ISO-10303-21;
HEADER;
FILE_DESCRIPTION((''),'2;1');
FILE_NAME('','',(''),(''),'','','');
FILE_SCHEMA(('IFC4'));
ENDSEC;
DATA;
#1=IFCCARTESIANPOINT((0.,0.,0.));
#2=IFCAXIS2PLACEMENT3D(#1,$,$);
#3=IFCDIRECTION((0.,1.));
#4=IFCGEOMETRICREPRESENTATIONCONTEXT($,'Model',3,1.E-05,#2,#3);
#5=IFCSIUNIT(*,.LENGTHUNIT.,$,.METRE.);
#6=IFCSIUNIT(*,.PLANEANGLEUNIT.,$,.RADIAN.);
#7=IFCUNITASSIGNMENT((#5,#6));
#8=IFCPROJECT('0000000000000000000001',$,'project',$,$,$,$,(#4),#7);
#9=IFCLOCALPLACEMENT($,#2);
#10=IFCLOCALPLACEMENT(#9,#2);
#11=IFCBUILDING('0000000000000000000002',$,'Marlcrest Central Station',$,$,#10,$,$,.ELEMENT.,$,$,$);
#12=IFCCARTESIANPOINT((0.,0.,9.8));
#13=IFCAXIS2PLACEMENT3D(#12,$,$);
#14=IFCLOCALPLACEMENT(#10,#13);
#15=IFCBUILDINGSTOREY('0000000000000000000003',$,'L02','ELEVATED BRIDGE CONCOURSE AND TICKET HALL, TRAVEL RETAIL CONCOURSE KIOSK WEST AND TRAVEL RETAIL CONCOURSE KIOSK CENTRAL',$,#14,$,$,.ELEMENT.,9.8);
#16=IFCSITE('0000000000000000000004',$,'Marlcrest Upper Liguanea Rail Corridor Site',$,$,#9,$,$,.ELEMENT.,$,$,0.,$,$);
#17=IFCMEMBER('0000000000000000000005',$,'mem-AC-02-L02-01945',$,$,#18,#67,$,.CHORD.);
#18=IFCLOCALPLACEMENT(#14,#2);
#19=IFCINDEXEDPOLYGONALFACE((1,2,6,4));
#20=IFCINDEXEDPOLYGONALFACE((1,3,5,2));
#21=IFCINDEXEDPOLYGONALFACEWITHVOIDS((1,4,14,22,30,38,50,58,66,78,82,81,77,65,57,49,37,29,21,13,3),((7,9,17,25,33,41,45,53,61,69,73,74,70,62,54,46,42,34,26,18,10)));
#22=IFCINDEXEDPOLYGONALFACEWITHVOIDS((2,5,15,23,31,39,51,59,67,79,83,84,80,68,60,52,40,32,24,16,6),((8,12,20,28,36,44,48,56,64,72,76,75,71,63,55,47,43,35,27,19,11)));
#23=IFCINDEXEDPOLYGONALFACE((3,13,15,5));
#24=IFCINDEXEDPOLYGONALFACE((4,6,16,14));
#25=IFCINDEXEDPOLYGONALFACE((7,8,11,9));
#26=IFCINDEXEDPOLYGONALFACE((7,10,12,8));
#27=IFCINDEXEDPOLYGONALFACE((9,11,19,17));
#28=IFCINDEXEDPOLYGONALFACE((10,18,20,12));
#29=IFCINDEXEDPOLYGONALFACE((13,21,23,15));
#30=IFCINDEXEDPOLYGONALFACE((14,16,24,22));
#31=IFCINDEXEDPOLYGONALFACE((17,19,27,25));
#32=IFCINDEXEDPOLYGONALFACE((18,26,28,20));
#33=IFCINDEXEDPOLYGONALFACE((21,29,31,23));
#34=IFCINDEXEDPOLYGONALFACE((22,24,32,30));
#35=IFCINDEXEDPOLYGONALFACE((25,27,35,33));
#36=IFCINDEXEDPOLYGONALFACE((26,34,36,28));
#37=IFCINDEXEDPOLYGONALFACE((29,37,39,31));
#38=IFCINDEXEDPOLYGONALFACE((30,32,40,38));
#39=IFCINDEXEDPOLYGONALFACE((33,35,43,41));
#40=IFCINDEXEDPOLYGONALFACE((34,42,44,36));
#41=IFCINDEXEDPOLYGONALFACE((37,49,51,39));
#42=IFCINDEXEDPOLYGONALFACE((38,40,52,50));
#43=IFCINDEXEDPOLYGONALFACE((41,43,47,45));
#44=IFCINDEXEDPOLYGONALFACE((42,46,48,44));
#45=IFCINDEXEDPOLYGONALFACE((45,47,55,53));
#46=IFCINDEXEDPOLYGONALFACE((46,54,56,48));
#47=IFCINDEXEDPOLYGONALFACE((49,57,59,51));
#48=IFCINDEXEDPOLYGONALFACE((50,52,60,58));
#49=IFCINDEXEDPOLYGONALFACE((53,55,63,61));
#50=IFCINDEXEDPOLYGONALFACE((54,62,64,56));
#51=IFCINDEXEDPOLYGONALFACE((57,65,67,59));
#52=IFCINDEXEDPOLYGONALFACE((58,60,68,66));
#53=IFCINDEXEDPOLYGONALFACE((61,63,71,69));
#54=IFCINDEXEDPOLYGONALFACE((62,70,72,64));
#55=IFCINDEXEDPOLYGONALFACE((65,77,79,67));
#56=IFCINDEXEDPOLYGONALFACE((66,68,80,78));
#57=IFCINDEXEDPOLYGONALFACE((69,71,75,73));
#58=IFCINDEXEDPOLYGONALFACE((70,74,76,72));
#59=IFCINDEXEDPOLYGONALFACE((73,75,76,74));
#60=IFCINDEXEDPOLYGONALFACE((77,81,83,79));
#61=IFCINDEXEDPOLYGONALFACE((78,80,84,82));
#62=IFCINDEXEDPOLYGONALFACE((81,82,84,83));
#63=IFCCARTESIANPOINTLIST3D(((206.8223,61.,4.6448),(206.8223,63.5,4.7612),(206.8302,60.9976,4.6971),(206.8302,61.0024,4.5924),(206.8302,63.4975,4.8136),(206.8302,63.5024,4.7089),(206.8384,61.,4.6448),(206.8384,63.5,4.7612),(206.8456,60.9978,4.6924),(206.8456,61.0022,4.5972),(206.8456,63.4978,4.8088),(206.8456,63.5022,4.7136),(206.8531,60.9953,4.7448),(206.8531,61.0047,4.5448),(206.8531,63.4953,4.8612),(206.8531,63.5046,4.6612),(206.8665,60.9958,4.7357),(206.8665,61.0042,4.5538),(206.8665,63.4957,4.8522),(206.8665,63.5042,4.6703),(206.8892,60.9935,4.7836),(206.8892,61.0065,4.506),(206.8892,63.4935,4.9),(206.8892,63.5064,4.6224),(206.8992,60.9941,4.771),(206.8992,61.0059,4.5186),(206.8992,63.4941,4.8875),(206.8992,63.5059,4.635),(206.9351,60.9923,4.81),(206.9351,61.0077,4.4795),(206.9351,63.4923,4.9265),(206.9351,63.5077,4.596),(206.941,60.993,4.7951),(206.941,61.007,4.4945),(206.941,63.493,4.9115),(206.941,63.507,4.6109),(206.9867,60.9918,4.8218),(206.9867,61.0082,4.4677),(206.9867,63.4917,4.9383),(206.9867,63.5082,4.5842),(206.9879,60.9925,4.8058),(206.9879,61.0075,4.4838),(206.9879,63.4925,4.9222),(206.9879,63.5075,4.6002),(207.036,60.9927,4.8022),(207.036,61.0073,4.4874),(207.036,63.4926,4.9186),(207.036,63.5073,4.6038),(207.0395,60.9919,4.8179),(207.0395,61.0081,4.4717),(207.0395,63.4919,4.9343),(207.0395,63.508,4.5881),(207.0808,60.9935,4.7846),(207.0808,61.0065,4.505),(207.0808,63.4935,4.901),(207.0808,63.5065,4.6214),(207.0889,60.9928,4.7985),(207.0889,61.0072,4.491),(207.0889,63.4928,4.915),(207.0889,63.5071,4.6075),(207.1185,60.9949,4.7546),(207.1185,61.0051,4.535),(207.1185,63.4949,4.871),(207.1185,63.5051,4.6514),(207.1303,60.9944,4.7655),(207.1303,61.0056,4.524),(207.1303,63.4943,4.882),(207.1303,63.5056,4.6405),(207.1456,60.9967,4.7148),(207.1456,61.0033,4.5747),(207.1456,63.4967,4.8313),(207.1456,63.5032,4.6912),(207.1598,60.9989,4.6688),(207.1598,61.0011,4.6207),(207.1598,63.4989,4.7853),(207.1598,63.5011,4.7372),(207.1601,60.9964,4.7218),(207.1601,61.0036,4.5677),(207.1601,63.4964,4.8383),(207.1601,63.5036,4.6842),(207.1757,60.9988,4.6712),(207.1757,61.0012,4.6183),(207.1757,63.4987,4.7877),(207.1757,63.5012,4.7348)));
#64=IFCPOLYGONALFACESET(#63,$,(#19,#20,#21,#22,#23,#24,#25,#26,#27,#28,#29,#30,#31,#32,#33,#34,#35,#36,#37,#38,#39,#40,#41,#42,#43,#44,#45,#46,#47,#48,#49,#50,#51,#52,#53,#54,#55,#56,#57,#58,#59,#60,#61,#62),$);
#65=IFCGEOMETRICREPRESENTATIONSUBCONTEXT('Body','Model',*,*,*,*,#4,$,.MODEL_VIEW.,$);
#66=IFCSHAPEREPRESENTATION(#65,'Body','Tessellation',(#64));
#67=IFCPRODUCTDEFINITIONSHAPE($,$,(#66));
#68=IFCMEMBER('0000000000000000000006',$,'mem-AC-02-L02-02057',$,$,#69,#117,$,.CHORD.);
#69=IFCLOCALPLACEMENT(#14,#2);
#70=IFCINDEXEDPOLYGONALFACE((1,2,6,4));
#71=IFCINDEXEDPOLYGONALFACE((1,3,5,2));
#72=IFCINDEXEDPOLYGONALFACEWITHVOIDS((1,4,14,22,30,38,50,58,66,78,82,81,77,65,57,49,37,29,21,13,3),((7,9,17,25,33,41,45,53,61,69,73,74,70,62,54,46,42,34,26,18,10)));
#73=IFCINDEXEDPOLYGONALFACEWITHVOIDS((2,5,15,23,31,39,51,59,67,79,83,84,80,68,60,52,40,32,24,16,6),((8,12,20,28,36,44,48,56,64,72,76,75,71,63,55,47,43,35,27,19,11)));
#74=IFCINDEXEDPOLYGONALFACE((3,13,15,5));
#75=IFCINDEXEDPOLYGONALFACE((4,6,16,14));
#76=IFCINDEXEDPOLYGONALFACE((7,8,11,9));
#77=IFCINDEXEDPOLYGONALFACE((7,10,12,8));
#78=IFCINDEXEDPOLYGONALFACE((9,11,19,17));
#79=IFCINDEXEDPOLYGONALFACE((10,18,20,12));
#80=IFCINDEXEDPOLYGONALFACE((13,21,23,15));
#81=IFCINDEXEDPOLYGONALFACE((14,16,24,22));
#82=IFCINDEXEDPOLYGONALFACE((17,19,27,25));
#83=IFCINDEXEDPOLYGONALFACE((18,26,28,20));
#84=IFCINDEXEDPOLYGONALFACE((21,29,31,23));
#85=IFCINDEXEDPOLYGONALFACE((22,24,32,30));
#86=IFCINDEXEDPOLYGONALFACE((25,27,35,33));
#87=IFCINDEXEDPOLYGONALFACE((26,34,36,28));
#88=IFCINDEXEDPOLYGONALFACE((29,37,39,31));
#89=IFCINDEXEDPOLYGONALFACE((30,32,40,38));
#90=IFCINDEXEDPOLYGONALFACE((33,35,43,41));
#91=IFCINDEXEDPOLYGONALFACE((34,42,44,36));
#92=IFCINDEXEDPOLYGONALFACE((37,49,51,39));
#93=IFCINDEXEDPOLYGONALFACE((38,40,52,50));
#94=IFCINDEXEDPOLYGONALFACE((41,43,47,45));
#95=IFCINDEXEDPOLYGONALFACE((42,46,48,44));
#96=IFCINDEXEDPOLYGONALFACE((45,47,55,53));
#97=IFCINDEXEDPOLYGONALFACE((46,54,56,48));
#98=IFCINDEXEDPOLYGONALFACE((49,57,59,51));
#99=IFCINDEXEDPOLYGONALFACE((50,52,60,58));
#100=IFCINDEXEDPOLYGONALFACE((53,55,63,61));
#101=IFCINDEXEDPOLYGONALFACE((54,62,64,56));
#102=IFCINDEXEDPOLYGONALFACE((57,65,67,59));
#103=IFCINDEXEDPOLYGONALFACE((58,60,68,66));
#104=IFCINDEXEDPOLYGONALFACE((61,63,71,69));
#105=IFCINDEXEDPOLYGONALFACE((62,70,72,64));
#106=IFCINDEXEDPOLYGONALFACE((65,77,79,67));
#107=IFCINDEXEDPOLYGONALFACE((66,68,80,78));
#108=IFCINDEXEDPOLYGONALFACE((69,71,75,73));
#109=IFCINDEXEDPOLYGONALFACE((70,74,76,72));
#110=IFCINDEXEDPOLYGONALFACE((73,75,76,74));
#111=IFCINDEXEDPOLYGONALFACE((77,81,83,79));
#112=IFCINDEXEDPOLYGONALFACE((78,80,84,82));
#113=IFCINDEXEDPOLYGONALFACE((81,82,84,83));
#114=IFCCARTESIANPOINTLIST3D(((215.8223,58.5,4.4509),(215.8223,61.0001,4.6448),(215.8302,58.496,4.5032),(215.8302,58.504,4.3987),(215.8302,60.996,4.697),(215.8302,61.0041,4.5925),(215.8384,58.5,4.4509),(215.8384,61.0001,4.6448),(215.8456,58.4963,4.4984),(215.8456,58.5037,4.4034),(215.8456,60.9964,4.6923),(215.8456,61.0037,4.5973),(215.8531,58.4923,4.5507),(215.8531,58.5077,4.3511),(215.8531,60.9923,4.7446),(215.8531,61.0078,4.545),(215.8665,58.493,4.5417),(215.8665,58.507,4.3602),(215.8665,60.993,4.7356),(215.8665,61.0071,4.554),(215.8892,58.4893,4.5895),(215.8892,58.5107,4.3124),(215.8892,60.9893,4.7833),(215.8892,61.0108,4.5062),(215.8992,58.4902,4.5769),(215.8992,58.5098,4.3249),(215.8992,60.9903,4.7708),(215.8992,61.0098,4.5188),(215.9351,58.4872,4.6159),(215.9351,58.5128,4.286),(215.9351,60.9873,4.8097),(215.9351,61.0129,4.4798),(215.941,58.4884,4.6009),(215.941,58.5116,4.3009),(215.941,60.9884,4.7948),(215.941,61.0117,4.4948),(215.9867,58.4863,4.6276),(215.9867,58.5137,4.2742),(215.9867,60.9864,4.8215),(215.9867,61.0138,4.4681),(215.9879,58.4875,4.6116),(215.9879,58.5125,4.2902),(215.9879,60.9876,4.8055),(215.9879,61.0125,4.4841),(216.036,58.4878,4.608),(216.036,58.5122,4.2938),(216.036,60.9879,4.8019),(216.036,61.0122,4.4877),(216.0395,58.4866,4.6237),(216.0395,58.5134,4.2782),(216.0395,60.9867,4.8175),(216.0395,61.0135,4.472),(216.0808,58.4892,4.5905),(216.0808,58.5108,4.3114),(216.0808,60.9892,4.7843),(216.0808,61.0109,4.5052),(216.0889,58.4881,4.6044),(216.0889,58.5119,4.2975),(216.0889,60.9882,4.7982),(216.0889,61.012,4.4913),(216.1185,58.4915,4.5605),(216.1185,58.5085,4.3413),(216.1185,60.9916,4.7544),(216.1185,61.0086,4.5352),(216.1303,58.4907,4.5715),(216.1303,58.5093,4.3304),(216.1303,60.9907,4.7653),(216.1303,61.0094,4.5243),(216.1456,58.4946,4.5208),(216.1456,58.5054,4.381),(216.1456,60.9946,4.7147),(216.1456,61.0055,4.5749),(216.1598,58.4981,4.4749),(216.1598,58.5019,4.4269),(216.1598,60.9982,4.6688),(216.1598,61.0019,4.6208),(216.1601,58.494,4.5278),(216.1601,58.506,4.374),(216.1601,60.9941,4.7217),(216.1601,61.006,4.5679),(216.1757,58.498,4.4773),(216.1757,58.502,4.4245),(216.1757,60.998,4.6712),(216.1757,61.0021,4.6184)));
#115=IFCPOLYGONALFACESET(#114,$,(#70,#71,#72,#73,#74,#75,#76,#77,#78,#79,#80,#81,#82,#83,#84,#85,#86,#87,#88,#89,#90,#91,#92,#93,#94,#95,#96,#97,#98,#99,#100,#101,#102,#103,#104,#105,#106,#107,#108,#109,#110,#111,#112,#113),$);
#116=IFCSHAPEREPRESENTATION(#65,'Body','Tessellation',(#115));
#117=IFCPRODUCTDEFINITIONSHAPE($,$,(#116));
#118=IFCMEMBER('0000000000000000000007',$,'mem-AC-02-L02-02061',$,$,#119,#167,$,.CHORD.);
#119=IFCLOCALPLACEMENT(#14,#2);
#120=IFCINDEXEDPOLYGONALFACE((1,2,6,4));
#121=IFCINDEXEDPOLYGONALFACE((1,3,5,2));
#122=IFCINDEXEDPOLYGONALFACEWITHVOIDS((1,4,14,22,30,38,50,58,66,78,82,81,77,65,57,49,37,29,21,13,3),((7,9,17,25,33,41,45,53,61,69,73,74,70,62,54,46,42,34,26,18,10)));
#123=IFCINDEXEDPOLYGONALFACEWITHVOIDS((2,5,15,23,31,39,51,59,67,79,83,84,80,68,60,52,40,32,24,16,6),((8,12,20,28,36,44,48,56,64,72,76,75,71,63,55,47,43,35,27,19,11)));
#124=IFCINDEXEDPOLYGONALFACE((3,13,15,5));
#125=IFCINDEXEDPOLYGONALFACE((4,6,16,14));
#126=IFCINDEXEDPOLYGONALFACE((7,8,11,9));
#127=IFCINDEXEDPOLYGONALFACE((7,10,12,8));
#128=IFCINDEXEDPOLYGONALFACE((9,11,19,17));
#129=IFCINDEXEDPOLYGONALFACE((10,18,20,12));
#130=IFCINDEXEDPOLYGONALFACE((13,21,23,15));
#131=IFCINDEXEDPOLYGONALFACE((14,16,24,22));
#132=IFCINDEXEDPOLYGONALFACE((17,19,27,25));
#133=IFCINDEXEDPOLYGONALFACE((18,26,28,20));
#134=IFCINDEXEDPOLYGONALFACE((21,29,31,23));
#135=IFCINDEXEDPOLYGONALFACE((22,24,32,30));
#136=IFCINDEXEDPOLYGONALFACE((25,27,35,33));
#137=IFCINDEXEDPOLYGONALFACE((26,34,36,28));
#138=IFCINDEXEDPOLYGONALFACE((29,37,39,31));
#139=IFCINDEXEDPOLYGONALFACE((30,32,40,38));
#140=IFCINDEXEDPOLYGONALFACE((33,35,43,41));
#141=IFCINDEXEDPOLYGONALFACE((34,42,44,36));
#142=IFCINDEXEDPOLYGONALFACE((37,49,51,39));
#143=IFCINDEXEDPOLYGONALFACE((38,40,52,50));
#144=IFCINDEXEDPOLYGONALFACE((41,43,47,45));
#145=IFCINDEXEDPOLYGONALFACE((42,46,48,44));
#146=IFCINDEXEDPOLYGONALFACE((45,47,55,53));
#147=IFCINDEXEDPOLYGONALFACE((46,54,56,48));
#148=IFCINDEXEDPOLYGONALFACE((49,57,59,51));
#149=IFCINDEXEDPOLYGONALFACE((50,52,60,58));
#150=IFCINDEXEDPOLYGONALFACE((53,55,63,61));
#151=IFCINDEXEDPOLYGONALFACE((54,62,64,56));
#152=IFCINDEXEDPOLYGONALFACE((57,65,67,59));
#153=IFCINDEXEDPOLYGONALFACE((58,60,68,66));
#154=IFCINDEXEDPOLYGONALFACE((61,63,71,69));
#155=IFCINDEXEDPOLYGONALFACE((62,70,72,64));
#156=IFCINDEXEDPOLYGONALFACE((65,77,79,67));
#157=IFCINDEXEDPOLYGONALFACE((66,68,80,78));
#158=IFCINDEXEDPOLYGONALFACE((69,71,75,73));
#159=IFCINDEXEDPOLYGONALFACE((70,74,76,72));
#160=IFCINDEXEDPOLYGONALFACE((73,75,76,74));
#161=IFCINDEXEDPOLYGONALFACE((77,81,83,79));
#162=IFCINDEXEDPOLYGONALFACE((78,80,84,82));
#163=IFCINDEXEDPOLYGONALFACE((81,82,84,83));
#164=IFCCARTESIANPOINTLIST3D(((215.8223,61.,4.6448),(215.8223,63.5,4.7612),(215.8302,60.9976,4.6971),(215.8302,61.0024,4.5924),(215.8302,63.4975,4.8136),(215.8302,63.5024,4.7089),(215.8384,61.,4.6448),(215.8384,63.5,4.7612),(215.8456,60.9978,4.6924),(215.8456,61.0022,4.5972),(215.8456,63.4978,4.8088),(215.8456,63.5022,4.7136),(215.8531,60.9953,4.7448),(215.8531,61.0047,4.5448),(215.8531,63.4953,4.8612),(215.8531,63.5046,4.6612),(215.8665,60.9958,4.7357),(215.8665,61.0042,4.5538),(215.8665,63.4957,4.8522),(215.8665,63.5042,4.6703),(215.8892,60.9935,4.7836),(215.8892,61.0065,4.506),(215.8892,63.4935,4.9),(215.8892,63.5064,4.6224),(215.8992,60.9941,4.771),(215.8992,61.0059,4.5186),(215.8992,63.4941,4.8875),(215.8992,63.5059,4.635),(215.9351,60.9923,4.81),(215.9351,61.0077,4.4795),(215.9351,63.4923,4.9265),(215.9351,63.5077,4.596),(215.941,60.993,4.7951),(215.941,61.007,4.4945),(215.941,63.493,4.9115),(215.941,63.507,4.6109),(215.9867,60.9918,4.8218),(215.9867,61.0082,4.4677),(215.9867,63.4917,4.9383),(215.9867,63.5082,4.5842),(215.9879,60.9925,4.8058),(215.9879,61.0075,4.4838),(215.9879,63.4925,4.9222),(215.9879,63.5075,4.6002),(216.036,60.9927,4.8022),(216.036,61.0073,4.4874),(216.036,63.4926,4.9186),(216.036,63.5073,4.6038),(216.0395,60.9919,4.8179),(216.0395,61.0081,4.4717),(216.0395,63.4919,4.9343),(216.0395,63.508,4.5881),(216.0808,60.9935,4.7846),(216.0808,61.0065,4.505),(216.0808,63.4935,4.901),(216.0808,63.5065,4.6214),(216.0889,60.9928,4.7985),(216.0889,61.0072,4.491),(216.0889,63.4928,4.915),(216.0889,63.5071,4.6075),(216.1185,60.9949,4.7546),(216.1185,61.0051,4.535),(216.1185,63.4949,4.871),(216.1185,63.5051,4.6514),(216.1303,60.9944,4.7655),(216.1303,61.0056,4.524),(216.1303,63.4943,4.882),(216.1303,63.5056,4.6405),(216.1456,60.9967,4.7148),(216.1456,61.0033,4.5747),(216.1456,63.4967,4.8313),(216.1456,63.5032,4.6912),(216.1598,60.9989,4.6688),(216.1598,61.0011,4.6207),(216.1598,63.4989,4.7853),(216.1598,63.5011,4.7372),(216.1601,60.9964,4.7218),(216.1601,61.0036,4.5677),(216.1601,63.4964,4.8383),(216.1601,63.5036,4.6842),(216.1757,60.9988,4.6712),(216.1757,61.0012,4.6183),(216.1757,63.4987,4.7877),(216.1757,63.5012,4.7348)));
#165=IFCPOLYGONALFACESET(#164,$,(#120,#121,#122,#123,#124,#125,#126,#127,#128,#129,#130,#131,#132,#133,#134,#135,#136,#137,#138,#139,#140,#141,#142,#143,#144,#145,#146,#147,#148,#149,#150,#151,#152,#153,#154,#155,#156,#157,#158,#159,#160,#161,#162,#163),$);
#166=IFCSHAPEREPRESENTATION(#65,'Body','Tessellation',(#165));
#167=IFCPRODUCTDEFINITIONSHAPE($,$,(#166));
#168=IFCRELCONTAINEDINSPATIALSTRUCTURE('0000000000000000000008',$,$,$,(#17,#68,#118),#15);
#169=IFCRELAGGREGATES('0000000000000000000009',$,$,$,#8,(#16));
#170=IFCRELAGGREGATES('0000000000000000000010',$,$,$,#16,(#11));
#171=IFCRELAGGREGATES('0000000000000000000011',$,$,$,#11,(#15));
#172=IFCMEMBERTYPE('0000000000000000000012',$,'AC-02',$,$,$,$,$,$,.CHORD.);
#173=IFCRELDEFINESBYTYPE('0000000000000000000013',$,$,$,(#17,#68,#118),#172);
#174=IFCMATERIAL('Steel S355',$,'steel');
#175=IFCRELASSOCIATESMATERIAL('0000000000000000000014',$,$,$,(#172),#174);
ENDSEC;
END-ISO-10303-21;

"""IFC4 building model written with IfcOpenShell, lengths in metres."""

from ifc_helpers import new_model, si_unit, direction, frame, origin, origin_2d, place, context, subcontext, project, spatial, hollow_circle, extrude, material, material_profile, profile_set, type_object, element, save


model = new_model("IFC4")

# Units and contexts
model_context = context("Model", 3, precision=1e-05, world=origin(), true_north=direction((0.0, 1.0)))
body_context = subcontext(model_context, "Body", "Model", "MODEL_VIEW")
ifc_project = project(units=[si_unit("LENGTHUNIT", "METRE"), si_unit("PLANEANGLEUNIT", "RADIAN")], contexts=[model_context])

# Site, building, storey
site_placement = place(None, origin())
site = spatial("IfcSite", under=ifc_project, at=site_placement, Name="Marlcrest Upper Liguanea Rail Corridor Site", CompositionType="ELEMENT", RefElevation=0.0)
building_placement = place(site_placement, origin())
building = spatial("IfcBuilding", under=site, at=building_placement, Name="Marlcrest Central Station", CompositionType="ELEMENT")
storey_placement = place(building_placement, frame((0.0, 0.0, 9.8)))
storey = spatial("IfcBuildingStorey", under=building, at=storey_placement, Name="L02", Description="ELEVATED BRIDGE CONCOURSE AND TICKET HALL, TRAVEL RETAIL CONCOURSE KIOSK WEST AND TRAVEL RETAIL CONCOURSE KIOSK CENTRAL", CompositionType="ELEMENT", Elevation=9.8)

# Members
ifc_material = material(Name="Steel S355", Category="steel")
ifc_material_profile_1 = material_profile(ifc_material, hollow_circle(Radius=0.1777, WallThickness=0.0161, at=origin_2d()), Name="CHS 355.6x16")
ifc_profile_set_1 = profile_set([ifc_material_profile_1], Name="Steel S355")
member_type_1 = type_object("IfcMemberType", Name="AC-02", PredefinedType="CHORD", material=ifc_profile_set_1)
member_1_placement = place(storey_placement, frame((207.0, 61.0, 4.6448), z_axis=(0.0, 0.998917, 0.046532), x_axis=(-1.0, 0.0, 0.0)))
element("IfcMember", 1, at=member_1_placement, inside=storey, type_object=member_type_1, Name="mem-AC-02-L02-01945", PredefinedType="CHORD", context=body_context, shape_type="SweptSolid", body=[
    extrude(hollow_circle(Radius=0.1777, WallThickness=0.0161, at=origin_2d()), origin(), (0.0, 0.0, 1.0), 2.5027),
])
member_2_placement = place(storey_placement, frame((216.0, 58.5, 4.4509), z_axis=(0.0, 0.997007, 0.077307), x_axis=(-1.0, 0.0, 0.0)))
element("IfcMember", 2, at=member_2_placement, inside=storey, type_object=member_type_1, Name="mem-AC-02-L02-02057", PredefinedType="CHORD", context=body_context, shape_type="SweptSolid", body=[
    extrude(hollow_circle(Radius=0.1777, WallThickness=0.0161, at=origin_2d()), origin(), (0.0, 0.0, 1.0), 2.5076),
])
member_3_placement = place(storey_placement, frame((216.0, 61.0, 4.6448), z_axis=(0.0, 0.998917, 0.046532), x_axis=(-1.0, 0.0, 0.0)))
element("IfcMember", 3, at=member_3_placement, inside=storey, type_object=member_type_1, Name="mem-AC-02-L02-02061", PredefinedType="CHORD", context=body_context, shape_type="SweptSolid", body=[
    extrude(hollow_circle(Radius=0.1777, WallThickness=0.0161, at=origin_2d()), origin(), (0.0, 0.0, 1.0), 2.5027),
])

save(model, "model.ifc")
